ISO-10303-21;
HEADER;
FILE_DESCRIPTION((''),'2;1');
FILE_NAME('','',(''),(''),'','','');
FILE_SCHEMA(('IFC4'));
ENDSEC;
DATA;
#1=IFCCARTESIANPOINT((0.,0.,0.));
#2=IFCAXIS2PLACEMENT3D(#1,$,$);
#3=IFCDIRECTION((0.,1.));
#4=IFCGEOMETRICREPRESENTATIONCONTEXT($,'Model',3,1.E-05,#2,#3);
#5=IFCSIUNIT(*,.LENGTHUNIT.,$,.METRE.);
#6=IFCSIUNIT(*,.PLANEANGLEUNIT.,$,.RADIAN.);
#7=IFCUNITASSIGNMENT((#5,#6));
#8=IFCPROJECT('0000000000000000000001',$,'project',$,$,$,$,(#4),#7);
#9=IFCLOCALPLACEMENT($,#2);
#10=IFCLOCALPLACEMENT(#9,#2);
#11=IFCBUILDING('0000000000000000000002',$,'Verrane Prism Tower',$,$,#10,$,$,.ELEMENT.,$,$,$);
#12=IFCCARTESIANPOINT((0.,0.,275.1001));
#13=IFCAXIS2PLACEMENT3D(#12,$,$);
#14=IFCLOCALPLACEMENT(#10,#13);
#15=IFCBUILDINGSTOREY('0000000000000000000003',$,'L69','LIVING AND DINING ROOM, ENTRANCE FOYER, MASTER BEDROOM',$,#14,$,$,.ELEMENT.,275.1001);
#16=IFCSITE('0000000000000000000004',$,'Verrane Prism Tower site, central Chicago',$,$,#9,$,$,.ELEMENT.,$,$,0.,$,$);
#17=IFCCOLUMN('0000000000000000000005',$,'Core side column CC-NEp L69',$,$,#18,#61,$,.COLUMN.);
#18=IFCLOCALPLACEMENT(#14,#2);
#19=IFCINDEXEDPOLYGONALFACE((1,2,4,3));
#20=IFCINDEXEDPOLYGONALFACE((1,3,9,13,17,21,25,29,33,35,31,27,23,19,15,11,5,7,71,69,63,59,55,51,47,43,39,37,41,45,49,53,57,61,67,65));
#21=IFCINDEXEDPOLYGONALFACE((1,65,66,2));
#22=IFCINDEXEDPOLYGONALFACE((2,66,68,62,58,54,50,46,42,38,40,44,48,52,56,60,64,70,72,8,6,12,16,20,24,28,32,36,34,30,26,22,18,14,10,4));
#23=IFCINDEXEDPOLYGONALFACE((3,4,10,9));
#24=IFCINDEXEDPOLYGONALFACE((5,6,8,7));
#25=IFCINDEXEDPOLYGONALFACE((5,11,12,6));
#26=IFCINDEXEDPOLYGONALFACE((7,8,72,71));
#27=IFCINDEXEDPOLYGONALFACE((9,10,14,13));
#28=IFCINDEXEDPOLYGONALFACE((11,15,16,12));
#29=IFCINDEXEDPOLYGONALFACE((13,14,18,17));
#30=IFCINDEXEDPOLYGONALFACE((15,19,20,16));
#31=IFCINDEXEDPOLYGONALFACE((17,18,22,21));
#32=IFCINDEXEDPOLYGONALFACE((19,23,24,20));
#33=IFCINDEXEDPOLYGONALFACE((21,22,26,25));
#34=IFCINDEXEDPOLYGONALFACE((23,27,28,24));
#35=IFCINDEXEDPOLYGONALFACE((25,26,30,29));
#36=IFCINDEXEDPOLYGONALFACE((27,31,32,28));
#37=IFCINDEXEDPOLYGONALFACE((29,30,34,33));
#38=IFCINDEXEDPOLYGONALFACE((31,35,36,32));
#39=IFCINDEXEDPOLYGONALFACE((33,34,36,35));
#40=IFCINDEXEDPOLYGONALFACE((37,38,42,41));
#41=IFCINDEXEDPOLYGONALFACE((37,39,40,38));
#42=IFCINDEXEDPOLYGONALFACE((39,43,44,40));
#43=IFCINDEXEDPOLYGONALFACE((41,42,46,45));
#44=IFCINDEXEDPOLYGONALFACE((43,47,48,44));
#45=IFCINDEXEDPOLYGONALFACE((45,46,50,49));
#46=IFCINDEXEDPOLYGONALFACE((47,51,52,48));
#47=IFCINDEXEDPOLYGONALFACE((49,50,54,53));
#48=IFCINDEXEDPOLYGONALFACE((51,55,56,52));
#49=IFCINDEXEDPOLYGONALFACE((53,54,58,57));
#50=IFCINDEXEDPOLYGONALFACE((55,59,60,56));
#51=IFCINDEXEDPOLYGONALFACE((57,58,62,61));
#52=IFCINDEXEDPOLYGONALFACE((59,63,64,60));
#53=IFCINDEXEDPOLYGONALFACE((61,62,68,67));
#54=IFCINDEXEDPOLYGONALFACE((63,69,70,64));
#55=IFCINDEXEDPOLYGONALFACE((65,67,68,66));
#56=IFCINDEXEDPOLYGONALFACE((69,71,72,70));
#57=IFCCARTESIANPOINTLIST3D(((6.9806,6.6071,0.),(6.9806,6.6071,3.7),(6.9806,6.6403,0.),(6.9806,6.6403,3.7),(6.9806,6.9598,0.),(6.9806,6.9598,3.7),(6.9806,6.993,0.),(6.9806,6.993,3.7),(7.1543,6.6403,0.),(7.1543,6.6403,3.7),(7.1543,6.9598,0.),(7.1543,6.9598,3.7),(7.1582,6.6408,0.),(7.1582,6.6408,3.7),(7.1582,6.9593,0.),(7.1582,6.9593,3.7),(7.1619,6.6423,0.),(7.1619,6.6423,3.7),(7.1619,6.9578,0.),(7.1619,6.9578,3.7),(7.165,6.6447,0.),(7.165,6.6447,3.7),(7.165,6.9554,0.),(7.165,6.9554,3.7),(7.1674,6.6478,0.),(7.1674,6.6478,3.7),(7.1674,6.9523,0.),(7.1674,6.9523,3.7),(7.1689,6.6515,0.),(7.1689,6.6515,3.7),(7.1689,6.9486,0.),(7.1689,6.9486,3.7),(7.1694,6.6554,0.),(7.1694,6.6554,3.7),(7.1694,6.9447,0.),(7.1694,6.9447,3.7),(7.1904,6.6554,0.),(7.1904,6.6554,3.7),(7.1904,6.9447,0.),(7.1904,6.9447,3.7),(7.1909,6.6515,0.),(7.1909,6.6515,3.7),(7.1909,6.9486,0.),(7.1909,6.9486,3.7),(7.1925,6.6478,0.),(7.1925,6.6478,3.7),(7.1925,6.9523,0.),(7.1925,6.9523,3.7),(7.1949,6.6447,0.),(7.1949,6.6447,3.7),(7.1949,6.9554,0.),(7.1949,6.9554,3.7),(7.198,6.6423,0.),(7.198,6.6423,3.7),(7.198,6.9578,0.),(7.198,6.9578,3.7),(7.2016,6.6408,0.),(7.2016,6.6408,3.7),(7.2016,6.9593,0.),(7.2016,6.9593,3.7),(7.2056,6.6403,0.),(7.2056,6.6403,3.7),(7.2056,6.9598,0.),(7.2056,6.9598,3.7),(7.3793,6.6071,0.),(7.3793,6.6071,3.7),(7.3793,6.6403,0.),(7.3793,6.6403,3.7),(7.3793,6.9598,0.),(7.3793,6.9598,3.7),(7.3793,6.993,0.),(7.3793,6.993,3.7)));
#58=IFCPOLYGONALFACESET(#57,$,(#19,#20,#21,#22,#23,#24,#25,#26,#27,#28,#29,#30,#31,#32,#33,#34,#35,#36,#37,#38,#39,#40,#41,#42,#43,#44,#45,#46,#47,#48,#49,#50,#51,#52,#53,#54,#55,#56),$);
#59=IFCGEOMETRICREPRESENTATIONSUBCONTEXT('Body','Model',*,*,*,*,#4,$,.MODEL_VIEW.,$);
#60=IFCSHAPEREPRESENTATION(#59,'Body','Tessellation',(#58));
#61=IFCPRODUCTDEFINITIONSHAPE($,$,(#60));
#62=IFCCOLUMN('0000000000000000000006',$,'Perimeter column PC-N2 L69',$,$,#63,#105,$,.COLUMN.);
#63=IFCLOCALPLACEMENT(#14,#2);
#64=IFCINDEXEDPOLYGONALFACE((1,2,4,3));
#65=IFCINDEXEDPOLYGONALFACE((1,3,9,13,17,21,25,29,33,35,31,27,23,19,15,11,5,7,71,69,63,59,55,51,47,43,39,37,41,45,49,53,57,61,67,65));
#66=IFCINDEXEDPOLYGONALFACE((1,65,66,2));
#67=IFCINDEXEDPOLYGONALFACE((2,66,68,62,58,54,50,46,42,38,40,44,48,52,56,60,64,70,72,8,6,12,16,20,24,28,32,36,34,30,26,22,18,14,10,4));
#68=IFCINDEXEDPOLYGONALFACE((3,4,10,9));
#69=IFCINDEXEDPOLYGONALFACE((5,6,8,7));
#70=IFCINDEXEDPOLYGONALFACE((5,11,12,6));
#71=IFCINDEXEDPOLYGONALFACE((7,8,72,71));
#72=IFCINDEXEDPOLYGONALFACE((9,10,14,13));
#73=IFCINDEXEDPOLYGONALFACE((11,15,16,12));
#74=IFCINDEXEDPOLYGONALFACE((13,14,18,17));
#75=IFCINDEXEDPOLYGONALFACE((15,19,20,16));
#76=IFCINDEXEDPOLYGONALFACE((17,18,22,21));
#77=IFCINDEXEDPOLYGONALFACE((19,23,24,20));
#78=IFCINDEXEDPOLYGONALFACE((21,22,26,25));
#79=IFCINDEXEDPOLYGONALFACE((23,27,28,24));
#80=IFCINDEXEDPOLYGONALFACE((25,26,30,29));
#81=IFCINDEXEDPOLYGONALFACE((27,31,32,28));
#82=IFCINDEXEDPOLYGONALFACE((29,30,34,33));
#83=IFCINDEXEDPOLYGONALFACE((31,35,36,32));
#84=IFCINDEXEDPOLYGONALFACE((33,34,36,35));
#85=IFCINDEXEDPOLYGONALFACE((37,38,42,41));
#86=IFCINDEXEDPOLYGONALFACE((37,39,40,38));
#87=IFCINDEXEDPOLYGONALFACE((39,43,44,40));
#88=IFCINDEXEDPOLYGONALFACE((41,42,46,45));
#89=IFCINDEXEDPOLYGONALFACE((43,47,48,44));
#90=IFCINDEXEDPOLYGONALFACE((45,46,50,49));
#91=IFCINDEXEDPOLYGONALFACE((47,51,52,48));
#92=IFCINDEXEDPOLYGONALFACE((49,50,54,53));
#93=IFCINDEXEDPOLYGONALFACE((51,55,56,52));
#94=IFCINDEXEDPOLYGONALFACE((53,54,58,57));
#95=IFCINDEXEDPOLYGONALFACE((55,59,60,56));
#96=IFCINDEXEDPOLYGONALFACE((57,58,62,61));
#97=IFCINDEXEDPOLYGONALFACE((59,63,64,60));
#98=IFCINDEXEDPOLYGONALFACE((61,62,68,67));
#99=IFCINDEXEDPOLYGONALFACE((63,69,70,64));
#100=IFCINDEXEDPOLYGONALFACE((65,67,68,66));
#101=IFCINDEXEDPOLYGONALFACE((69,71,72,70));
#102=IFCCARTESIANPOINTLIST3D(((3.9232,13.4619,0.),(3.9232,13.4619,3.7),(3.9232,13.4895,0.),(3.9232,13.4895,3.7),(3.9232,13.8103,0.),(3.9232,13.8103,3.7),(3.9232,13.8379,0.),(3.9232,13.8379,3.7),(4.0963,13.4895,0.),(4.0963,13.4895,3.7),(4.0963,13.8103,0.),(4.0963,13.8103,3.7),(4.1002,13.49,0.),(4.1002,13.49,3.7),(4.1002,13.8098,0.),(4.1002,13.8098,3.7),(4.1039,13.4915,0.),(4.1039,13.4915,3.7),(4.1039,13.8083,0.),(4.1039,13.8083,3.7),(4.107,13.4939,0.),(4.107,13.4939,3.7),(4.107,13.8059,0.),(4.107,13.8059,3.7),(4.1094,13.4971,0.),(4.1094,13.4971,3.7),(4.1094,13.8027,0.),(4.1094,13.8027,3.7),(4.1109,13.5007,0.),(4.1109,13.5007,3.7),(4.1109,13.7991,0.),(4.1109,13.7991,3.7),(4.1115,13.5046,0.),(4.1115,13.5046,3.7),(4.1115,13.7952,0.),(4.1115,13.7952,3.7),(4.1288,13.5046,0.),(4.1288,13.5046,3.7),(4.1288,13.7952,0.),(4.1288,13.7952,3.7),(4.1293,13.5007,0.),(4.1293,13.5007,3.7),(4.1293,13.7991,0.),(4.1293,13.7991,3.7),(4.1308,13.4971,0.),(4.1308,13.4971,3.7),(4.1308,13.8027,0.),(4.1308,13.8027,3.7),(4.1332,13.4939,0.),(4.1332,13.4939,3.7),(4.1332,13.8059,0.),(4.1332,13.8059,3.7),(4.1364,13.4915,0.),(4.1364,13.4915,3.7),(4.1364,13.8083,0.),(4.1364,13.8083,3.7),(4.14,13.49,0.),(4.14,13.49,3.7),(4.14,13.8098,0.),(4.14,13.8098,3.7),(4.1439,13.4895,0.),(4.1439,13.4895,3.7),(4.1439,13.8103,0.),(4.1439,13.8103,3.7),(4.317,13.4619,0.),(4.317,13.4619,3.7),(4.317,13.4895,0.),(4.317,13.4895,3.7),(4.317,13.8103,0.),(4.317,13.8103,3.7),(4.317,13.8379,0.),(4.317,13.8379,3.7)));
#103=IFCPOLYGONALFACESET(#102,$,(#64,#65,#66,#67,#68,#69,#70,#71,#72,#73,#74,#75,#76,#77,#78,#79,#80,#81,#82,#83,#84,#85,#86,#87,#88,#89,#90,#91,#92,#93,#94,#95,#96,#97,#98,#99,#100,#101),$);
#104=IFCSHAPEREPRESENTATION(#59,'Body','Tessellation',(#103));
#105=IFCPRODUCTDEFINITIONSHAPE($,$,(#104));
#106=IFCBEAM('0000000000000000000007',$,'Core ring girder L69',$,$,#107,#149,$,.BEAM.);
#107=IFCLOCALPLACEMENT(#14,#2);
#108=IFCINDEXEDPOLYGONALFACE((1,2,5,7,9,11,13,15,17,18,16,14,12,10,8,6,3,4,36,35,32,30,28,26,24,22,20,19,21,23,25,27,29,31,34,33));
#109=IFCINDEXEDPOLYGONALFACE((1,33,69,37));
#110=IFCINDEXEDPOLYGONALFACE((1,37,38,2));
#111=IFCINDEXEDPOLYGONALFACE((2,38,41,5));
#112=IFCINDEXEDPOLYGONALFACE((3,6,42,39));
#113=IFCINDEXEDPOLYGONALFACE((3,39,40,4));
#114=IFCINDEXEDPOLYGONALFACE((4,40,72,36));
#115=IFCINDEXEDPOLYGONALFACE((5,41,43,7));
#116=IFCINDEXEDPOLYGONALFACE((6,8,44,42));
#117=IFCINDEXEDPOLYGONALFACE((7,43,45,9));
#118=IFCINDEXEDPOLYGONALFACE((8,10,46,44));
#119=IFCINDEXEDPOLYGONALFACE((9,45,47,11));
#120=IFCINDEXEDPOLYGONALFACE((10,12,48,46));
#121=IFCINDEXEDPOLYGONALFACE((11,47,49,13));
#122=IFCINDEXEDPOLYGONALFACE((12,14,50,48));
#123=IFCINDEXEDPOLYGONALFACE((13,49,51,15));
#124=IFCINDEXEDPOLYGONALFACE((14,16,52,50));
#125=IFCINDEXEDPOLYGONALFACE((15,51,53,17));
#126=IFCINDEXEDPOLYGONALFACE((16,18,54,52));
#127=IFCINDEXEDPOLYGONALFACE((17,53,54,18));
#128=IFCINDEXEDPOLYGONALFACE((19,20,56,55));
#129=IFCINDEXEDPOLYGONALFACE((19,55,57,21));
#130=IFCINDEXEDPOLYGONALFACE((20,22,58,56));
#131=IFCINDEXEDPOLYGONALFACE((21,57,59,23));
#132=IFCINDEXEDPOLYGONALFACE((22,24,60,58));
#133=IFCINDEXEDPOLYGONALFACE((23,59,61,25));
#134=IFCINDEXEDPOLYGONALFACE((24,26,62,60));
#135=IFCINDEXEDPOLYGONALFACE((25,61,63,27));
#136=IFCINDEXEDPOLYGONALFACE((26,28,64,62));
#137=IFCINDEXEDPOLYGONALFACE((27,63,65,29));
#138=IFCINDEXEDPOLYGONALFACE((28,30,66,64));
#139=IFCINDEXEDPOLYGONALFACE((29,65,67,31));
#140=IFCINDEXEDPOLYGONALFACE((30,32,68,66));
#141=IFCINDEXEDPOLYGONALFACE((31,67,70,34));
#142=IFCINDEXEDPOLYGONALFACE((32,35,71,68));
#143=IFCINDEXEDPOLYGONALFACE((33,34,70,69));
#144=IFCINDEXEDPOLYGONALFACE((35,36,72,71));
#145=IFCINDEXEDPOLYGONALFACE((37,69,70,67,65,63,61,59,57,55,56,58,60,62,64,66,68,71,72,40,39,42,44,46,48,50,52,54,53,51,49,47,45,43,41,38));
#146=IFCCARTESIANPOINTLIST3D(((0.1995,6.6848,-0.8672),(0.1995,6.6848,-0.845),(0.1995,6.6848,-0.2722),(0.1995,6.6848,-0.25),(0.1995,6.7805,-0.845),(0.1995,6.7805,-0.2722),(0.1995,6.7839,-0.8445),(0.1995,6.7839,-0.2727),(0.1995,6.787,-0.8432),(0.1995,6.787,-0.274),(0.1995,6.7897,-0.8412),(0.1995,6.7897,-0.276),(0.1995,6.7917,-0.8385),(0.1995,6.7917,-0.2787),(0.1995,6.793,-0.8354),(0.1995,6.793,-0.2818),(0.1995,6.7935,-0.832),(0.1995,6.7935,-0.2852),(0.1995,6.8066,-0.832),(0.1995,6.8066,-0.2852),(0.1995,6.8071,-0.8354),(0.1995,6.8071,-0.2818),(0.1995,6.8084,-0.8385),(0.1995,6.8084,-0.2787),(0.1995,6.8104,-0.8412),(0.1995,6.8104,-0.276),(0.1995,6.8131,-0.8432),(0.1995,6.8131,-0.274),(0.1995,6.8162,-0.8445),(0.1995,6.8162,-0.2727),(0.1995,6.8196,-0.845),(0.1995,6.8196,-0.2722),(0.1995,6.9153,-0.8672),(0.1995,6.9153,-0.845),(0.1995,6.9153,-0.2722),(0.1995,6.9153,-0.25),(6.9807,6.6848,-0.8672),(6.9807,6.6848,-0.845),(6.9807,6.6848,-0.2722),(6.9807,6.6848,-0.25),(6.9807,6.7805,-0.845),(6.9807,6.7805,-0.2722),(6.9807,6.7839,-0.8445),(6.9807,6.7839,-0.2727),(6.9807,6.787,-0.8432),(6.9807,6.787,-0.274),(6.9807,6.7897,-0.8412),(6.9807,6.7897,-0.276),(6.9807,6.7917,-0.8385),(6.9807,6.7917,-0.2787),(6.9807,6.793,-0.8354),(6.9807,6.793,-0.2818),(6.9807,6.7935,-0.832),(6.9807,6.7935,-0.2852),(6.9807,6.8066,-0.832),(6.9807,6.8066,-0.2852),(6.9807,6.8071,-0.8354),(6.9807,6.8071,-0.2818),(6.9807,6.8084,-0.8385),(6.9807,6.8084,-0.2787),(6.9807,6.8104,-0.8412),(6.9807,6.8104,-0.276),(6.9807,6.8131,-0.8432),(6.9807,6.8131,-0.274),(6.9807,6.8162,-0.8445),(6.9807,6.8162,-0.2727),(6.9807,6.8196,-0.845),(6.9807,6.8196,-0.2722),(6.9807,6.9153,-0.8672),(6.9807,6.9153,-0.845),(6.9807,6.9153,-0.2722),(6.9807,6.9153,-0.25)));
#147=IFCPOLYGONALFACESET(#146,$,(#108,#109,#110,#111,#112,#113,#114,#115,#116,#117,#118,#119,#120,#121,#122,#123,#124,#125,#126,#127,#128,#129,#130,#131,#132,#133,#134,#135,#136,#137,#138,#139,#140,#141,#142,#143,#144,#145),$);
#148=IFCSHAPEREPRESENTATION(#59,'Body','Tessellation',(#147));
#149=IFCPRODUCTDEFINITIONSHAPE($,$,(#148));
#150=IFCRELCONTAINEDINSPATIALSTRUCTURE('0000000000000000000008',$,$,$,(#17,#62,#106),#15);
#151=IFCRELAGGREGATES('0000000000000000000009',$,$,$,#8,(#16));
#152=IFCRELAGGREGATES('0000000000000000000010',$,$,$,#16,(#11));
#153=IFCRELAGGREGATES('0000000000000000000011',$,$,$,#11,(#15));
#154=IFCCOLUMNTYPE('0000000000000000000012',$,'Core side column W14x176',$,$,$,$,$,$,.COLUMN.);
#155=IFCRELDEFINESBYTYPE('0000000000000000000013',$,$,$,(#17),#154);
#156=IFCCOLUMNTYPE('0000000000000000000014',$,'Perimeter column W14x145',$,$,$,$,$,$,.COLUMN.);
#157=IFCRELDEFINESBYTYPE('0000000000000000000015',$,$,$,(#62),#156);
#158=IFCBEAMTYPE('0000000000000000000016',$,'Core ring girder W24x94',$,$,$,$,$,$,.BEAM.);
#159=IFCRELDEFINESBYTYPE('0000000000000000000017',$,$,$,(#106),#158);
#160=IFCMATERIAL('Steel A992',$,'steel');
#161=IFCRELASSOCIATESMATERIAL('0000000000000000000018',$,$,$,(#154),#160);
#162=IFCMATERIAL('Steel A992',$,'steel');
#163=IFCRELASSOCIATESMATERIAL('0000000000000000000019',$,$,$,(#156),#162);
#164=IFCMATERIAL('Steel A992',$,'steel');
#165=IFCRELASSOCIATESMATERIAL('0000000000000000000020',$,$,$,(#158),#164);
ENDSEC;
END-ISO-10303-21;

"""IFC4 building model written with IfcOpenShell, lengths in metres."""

from ifc_helpers import new_model, si_unit, direction, frame, origin, origin_2d, place, context, subcontext, project, spatial, i_section, extrude, material, material_profile, profile_set, type_object, element, save


model = new_model("IFC4")

# Units and contexts
model_context = context("Model", 3, precision=1e-05, world=origin(), true_north=direction((0.0, 1.0)))
body_context = subcontext(model_context, "Body", "Model", "MODEL_VIEW")
ifc_project = project(units=[si_unit("LENGTHUNIT", "METRE"), si_unit("PLANEANGLEUNIT", "RADIAN")], contexts=[model_context])

# Site, building, storey
site_placement = place(None, origin())
site = spatial("IfcSite", under=ifc_project, at=site_placement, Name="Verrane Prism Tower site, central Chicago", CompositionType="ELEMENT", RefElevation=0.0)
building_placement = place(site_placement, origin())
building = spatial("IfcBuilding", under=site, at=building_placement, Name="Verrane Prism Tower", CompositionType="ELEMENT")
storey_placement = place(building_placement, frame((0.0, 0.0, 275.1001)))
storey = spatial("IfcBuildingStorey", under=building, at=storey_placement, Name="L69", Description="LIVING AND DINING ROOM, ENTRANCE FOYER, MASTER BEDROOM", CompositionType="ELEMENT", Elevation=275.1001)

# Columns
ifc_material_1 = material(Name="Steel A992", Category="steel")
ifc_material_profile_1 = material_profile(ifc_material_1, i_section(OverallWidth=0.3987, OverallDepth=0.386, WebThickness=0.021, FlangeThickness=0.0332, FilletRadius=0.0151, at=origin_2d()), Name="W14x176")
ifc_profile_set_1 = profile_set([ifc_material_profile_1], Name="Steel A992")
column_type_1 = type_object("IfcColumnType", Name="Core side column W14x176", PredefinedType="COLUMN", material=ifc_profile_set_1)
column_1_placement = place(storey_placement, frame((7.1799, 6.8, 0.0), z_axis=(0.0, 0.0, 1.0), x_axis=(1.0, 0.0, 0.0)))
element("IfcColumn", 1, at=column_1_placement, inside=storey, type_object=column_type_1, Name="Core side column CC-NEp L69", PredefinedType="COLUMN", context=body_context, shape_type="SweptSolid", body=[
    extrude(i_section(OverallWidth=0.3987, OverallDepth=0.386, WebThickness=0.021, FlangeThickness=0.0332, FilletRadius=0.0151, at=origin_2d()), origin(), (0.0, 0.0, 1.0), 3.7),
])
ifc_material_2 = material(Name="Steel A992", Category="steel")
ifc_material_profile_2 = material_profile(ifc_material_2, i_section(OverallWidth=0.3938, OverallDepth=0.376, WebThickness=0.0173, FlangeThickness=0.0276, FilletRadius=0.0151, at=origin_2d()), Name="W14x145")
ifc_profile_set_2 = profile_set([ifc_material_profile_2], Name="Steel A992")
column_type_2 = type_object("IfcColumnType", Name="Perimeter column W14x145", PredefinedType="COLUMN", material=ifc_profile_set_2)
column_2_placement = place(storey_placement, frame((4.1201, 13.6499, 0.0), z_axis=(0.0, 0.0, 1.0), x_axis=(1.0, 0.0, 0.0)))
element("IfcColumn", 2, at=column_2_placement, inside=storey, type_object=column_type_2, Name="Perimeter column PC-N2 L69", PredefinedType="COLUMN", context=body_context, shape_type="SweptSolid", body=[
    extrude(i_section(OverallWidth=0.3938, OverallDepth=0.376, WebThickness=0.0173, FlangeThickness=0.0276, FilletRadius=0.0151, at=origin_2d()), origin(), (0.0, 0.0, 1.0), 3.7),
])

# Beam
ifc_material_3 = material(Name="Steel A992", Category="steel")
ifc_material_profile_3 = material_profile(ifc_material_3, i_section(OverallWidth=0.2305, OverallDepth=0.6172, WebThickness=0.0132, FlangeThickness=0.0222, FilletRadius=0.0129, at=origin_2d()), Name="W24x94")
ifc_profile_set_3 = profile_set([ifc_material_profile_3], Name="Steel A992")
beam_type_1 = type_object("IfcBeamType", Name="Core ring girder W24x94", PredefinedType="BEAM", material=ifc_profile_set_3)
beam_1_placement = place(storey_placement, frame((6.9807, 6.8, -0.5586), z_axis=(-1.0, 0.0, 0.0), x_axis=(0.0, -1.0, 0.0)))
element("IfcBeam", 3, at=beam_1_placement, inside=storey, type_object=beam_type_1, Name="Core ring girder L69", PredefinedType="BEAM", context=body_context, shape_type="SweptSolid", body=[
    extrude(i_section(OverallWidth=0.2305, OverallDepth=0.6172, WebThickness=0.0132, FlangeThickness=0.0222, FilletRadius=0.0129, at=origin_2d()), origin(), (0.0, 0.0, 1.0), 6.7812),
])

save(model, "model.ifc")
